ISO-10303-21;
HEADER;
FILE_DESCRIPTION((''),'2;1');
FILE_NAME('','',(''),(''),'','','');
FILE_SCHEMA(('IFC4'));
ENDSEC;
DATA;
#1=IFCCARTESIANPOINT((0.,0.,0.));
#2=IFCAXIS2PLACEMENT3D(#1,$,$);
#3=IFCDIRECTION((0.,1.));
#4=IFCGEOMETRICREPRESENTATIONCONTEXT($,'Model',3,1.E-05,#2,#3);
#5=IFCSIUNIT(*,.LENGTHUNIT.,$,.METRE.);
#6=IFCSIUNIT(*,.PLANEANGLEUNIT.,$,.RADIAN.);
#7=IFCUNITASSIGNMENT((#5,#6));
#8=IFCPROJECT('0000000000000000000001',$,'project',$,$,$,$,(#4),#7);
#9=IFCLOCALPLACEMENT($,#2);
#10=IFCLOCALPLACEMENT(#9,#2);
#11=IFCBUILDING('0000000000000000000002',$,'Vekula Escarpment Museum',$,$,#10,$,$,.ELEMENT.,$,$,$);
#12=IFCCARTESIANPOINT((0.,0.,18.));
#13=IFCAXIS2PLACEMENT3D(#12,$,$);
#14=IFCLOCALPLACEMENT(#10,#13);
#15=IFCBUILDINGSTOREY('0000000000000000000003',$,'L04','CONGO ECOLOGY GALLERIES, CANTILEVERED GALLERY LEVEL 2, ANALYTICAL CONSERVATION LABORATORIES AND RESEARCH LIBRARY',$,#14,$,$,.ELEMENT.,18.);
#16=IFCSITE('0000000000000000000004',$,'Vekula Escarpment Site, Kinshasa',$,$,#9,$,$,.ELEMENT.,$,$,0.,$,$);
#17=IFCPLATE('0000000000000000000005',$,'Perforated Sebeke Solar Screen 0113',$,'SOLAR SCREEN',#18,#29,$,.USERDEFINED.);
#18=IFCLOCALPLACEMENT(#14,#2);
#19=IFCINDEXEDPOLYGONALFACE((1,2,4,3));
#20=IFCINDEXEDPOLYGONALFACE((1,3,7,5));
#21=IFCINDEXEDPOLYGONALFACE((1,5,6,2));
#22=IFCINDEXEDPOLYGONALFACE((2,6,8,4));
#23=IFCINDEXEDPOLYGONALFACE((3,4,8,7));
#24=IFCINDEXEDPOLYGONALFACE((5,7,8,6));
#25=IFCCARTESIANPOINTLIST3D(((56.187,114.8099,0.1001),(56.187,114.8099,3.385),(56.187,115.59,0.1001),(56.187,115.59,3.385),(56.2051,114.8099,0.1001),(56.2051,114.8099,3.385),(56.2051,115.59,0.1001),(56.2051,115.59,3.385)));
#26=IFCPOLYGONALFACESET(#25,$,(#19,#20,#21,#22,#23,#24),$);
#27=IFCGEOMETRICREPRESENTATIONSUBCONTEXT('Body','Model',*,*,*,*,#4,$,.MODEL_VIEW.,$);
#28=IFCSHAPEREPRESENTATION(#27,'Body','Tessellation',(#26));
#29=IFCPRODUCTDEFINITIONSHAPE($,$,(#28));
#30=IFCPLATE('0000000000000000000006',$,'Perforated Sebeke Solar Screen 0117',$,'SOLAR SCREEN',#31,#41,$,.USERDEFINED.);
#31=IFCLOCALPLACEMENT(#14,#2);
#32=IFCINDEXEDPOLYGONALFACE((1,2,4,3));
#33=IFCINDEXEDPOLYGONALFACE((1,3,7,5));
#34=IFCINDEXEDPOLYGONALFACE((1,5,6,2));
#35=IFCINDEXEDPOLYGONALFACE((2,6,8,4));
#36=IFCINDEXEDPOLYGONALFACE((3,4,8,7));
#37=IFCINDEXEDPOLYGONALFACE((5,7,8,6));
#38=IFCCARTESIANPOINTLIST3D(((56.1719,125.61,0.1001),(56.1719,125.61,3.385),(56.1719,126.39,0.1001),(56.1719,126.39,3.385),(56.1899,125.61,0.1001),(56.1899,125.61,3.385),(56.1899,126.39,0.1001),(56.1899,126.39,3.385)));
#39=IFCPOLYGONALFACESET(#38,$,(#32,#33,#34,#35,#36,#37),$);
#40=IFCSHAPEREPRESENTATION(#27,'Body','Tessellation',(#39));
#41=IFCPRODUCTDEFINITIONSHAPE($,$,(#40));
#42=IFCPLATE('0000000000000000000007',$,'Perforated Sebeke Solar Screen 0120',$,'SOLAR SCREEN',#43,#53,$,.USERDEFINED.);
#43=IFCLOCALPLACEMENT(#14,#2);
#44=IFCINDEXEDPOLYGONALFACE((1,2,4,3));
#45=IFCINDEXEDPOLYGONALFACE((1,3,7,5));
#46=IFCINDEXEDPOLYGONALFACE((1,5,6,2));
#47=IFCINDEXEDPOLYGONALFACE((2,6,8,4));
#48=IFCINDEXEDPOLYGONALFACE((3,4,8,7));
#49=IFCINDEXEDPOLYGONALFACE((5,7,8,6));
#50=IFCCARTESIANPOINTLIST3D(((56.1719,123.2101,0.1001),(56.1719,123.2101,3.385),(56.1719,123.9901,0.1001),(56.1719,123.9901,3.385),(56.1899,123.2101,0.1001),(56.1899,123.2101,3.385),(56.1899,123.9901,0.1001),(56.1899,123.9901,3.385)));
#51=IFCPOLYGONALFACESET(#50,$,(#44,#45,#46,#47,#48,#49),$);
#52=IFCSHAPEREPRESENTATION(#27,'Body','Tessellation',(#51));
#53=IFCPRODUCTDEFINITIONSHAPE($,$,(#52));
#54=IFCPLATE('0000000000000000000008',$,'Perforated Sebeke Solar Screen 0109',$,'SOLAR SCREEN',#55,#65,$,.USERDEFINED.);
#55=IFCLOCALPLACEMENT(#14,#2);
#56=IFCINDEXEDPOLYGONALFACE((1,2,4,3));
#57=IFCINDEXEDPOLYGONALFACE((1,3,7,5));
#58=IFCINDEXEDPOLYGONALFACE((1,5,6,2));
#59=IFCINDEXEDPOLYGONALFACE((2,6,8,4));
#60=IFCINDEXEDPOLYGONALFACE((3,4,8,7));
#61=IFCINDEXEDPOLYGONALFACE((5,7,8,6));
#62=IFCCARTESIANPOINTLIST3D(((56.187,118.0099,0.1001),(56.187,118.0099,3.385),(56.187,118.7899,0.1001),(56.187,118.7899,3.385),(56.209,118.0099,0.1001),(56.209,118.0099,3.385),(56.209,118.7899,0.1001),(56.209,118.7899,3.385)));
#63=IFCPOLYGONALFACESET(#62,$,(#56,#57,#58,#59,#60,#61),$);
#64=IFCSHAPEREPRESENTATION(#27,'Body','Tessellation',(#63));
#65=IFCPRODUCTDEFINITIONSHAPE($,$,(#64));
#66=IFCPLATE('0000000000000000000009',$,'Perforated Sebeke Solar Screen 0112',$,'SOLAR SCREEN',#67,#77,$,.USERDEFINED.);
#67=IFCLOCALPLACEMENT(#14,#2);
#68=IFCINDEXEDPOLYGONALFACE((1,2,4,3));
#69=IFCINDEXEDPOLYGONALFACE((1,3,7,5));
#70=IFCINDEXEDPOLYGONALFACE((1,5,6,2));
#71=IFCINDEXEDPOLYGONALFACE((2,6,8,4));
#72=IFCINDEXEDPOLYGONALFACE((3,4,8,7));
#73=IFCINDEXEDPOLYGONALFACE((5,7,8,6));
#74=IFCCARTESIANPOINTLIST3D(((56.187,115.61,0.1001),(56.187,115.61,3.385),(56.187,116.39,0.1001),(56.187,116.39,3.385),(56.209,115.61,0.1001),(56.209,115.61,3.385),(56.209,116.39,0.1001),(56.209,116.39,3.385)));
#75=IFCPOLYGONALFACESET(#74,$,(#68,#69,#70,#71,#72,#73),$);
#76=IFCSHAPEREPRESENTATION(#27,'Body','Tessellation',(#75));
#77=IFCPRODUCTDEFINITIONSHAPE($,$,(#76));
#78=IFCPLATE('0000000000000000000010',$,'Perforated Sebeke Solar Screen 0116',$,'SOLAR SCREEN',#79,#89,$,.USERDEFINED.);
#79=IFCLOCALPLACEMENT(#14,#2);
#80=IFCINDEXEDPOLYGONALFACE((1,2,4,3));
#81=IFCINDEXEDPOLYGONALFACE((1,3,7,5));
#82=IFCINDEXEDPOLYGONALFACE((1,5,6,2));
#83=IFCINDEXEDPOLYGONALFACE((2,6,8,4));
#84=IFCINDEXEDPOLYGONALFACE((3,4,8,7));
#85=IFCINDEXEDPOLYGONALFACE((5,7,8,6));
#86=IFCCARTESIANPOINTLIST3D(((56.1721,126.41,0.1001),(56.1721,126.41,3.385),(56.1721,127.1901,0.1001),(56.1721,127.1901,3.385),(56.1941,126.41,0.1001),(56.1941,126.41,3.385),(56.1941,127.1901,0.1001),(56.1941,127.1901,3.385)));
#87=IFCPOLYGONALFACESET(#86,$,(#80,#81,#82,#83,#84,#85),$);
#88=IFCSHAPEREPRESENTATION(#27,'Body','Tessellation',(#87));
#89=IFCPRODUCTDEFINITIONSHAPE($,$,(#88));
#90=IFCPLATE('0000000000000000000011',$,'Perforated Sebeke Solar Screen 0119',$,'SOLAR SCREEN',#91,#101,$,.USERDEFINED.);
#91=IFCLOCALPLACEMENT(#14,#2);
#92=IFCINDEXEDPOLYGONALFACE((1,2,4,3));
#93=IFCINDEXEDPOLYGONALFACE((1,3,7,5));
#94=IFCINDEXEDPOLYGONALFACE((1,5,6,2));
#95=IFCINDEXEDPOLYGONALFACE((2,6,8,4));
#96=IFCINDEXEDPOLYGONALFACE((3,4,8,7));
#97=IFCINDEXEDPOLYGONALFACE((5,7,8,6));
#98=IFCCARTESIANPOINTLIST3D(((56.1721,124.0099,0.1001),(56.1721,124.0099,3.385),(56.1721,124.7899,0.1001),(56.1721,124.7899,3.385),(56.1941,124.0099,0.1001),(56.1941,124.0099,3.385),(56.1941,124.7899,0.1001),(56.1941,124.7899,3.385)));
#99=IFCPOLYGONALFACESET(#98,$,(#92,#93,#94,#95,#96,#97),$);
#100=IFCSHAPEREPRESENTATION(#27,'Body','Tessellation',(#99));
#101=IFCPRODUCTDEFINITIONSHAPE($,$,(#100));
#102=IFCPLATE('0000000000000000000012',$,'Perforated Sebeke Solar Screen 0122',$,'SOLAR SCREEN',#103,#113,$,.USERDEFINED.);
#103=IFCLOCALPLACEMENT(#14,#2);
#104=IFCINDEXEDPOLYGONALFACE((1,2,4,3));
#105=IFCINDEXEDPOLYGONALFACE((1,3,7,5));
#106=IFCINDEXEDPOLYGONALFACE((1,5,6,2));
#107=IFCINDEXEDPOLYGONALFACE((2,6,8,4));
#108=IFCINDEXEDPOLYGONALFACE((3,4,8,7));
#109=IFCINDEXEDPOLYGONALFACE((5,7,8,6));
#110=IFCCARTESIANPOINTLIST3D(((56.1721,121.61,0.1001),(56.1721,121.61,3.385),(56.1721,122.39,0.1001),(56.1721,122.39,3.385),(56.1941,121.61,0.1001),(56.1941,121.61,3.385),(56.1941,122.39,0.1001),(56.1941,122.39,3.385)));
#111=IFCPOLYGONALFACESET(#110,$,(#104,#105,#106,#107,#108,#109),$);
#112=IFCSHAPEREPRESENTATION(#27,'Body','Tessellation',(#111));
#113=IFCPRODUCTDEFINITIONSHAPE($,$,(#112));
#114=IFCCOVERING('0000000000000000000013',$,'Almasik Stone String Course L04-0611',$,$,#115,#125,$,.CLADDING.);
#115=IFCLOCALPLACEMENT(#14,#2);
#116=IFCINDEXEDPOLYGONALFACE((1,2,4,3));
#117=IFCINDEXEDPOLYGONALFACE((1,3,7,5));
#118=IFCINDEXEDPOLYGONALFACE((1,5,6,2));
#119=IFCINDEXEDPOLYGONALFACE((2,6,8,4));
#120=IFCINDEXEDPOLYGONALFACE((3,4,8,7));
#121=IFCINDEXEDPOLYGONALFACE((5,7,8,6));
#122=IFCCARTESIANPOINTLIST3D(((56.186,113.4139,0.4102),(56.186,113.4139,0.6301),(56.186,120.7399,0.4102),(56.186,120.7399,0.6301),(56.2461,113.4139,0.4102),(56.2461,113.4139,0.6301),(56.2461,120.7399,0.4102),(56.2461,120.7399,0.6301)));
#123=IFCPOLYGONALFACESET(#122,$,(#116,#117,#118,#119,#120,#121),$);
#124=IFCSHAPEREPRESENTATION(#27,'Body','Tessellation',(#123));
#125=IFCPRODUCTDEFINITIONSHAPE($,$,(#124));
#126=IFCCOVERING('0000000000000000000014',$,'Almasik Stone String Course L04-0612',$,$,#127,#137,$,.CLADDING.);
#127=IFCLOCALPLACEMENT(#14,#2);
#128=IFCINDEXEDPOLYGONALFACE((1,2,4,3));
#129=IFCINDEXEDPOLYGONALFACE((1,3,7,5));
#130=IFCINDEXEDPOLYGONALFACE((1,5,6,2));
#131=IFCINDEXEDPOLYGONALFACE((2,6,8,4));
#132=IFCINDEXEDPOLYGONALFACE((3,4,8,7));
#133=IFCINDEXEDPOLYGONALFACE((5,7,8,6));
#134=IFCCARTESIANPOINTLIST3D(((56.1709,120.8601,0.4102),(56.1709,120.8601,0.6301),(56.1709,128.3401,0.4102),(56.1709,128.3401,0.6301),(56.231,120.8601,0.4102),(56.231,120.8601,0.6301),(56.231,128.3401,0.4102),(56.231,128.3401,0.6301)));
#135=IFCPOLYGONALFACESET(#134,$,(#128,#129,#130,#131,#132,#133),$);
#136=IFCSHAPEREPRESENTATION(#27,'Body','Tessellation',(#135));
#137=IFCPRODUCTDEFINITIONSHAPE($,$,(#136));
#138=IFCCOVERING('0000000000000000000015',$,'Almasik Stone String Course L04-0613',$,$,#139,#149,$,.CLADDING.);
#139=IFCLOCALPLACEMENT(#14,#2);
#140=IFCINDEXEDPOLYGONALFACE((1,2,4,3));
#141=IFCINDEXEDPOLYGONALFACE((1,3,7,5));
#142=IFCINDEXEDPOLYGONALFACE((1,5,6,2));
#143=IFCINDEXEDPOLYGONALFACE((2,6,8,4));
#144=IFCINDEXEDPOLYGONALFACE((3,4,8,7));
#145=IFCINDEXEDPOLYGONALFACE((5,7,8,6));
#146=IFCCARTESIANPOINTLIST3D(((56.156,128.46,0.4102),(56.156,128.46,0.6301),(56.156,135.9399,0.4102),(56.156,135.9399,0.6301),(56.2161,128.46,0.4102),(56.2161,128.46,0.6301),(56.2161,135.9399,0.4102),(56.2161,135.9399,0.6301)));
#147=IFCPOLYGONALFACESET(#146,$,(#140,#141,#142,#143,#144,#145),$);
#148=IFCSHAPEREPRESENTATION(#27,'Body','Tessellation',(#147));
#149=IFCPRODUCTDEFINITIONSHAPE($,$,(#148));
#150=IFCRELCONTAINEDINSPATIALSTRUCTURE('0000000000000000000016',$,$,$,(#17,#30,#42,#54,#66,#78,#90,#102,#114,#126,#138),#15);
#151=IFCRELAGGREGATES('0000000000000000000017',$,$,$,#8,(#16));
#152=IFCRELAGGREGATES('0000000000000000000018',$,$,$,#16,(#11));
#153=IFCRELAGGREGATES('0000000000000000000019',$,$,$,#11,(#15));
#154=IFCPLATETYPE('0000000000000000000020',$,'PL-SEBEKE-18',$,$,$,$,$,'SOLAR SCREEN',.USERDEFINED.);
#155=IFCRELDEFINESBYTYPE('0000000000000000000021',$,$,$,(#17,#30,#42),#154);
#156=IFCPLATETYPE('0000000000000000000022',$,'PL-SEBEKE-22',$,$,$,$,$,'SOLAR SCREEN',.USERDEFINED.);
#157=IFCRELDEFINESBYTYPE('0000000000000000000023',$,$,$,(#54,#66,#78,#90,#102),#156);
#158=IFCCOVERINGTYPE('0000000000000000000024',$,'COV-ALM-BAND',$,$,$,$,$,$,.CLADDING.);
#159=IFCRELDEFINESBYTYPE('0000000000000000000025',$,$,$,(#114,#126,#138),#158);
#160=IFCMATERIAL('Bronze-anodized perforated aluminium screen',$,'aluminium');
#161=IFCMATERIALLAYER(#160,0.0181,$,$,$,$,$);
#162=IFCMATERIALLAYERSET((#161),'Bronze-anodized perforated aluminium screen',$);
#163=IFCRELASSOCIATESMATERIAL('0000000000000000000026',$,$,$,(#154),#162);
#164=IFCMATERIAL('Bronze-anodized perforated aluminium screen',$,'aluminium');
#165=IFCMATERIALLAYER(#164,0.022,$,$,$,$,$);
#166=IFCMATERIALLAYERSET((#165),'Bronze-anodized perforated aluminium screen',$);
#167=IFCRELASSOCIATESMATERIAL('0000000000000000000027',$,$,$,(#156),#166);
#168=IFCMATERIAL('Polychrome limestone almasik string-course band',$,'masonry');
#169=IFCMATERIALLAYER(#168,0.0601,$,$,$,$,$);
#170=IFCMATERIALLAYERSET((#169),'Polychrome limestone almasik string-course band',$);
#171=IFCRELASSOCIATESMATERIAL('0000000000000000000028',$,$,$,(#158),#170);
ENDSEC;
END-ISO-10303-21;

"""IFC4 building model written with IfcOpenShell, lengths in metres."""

from ifc_helpers import new_model, si_unit, direction, frame, origin, origin_2d, place, context, subcontext, project, spatial, rectangle, extrude, material, layer, layer_set, type_object, element, save


model = new_model("IFC4")

# Units and contexts
model_context = context("Model", 3, precision=1e-05, world=origin(), true_north=direction((0.0, 1.0)))
body_context = subcontext(model_context, "Body", "Model", "MODEL_VIEW")
ifc_project = project(units=[si_unit("LENGTHUNIT", "METRE"), si_unit("PLANEANGLEUNIT", "RADIAN")], contexts=[model_context])

# Site, building, storey
site_placement = place(None, origin())
site = spatial("IfcSite", under=ifc_project, at=site_placement, Name="Vekula Escarpment Site, Kinshasa", CompositionType="ELEMENT", RefElevation=0.0)
building_placement = place(site_placement, origin())
building = spatial("IfcBuilding", under=site, at=building_placement, Name="Vekula Escarpment Museum", CompositionType="ELEMENT")
storey_placement = place(building_placement, frame((0.0, 0.0, 18.0)))
storey = spatial("IfcBuildingStorey", under=building, at=storey_placement, Name="L04", Description="CONGO ECOLOGY GALLERIES, CANTILEVERED GALLERY LEVEL 2, ANALYTICAL CONSERVATION LABORATORIES AND RESEARCH LIBRARY", CompositionType="ELEMENT", Elevation=18.0)

# Plates
ifc_material_1 = material(Name="Bronze-anodized perforated aluminium screen", Category="aluminium")
ifc_layer_1 = layer(ifc_material_1, 0.0181)
ifc_layer_set_1 = layer_set([ifc_layer_1], Name="Bronze-anodized perforated aluminium screen")
plate_type_1 = type_object("IfcPlateType", Name="PL-SEBEKE-18", ElementType="SOLAR SCREEN", PredefinedType="USERDEFINED", material=ifc_layer_set_1)
for number, where, z_axis, x_axis, name in (
    (1, (56.196, 115.2, 0.1001), (0.0, 0.0, 1.0), (0.0, 1.0, 0.0), "Perforated Sebeke Solar Screen 0113"),
    (2, (56.1809, 126.0, 0.1001), (0.0, 0.0, 1.0), (0.0, 1.0, 0.0), "Perforated Sebeke Solar Screen 0117"),
    (3, (56.1809, 123.6001, 0.1001), (0.0, 0.0, 1.0), (0.0, 1.0, 0.0), "Perforated Sebeke Solar Screen 0120"),
):
    element("IfcPlate", number, at=place(storey_placement, frame(where, z_axis=z_axis, x_axis=x_axis)), inside=storey, type_object=plate_type_1, Name=name, ObjectType="SOLAR SCREEN", PredefinedType="USERDEFINED", context=body_context, shape_type="SweptSolid", body=[
        extrude(rectangle(XDim=0.78, YDim=0.0181, at=origin_2d()), origin(), (0.0, 0.0, 1.0), 3.2849),
    ])
ifc_material_2 = material(Name="Bronze-anodized perforated aluminium screen", Category="aluminium")
ifc_layer_2 = layer(ifc_material_2, 0.022)
ifc_layer_set_2 = layer_set([ifc_layer_2], Name="Bronze-anodized perforated aluminium screen")
plate_type_2 = type_object("IfcPlateType", Name="PL-SEBEKE-22", ElementType="SOLAR SCREEN", PredefinedType="USERDEFINED", material=ifc_layer_set_2)
for number, where, z_axis, x_axis, name in (
    (4, (56.198, 118.3999, 0.1001), (0.0, 0.0, 1.0), (0.0, 1.0, 0.0), "Perforated Sebeke Solar Screen 0109"),
    (5, (56.198, 116.0, 0.1001), (0.0, 0.0, 1.0), (0.0, 1.0, 0.0), "Perforated Sebeke Solar Screen 0112"),
    (6, (56.1831, 126.8, 0.1001), (0.0, 0.0, 1.0), (0.0, 1.0, 0.0), "Perforated Sebeke Solar Screen 0116"),
    (7, (56.1831, 124.3999, 0.1001), (0.0, 0.0, 1.0), (0.0, 1.0, 0.0), "Perforated Sebeke Solar Screen 0119"),
    (8, (56.1831, 122.0, 0.1001), (0.0, 0.0, 1.0), (0.0, 1.0, 0.0), "Perforated Sebeke Solar Screen 0122"),
):
    element("IfcPlate", number, at=place(storey_placement, frame(where, z_axis=z_axis, x_axis=x_axis)), inside=storey, type_object=plate_type_2, Name=name, ObjectType="SOLAR SCREEN", PredefinedType="USERDEFINED", context=body_context, shape_type="SweptSolid", body=[
        extrude(rectangle(XDim=0.78, YDim=0.022, at=origin_2d()), origin(), (0.0, 0.0, 1.0), 3.2849),
    ])

# Coverings
ifc_material_3 = material(Name="Polychrome limestone almasik string-course band", Category="masonry")
ifc_layer_3 = layer(ifc_material_3, 0.0601)
ifc_layer_set_3 = layer_set([ifc_layer_3], Name="Polychrome limestone almasik string-course band")
covering_type = type_object("IfcCoveringType", Name="COV-ALM-BAND", PredefinedType="CLADDING", material=ifc_layer_set_3)
covering_placement = place(storey_placement, frame((56.2161, 117.0769, 0.4102), z_axis=(0.0, 0.0, 1.0), x_axis=(0.0, 1.0, 0.0)))
element("IfcCovering", 9, at=covering_placement, inside=storey, type_object=covering_type, Name="Almasik Stone String Course L04-0611", PredefinedType="CLADDING", context=body_context, shape_type="SweptSolid", body=[
    extrude(rectangle(XDim=7.3259, YDim=0.0601, at=origin_2d()), origin(), (0.0, 0.0, 1.0), 0.22),
])
for number, where, z_axis, x_axis, name in (
    (10, (56.2009, 124.6001, 0.4102), (0.0, 0.0, 1.0), (0.0, 1.0, 0.0), "Almasik Stone String Course L04-0612"),
    (11, (56.186, 132.2, 0.4102), (0.0, 0.0, 1.0), (0.0, 1.0, 0.0), "Almasik Stone String Course L04-0613"),
):
    element("IfcCovering", number, at=place(storey_placement, frame(where, z_axis=z_axis, x_axis=x_axis)), inside=storey, type_object=covering_type, Name=name, PredefinedType="CLADDING", context=body_context, shape_type="SweptSolid", body=[
        extrude(rectangle(XDim=7.48, YDim=0.0601, at=origin_2d()), origin(), (0.0, 0.0, 1.0), 0.22),
    ])

save(model, "model.ifc")
